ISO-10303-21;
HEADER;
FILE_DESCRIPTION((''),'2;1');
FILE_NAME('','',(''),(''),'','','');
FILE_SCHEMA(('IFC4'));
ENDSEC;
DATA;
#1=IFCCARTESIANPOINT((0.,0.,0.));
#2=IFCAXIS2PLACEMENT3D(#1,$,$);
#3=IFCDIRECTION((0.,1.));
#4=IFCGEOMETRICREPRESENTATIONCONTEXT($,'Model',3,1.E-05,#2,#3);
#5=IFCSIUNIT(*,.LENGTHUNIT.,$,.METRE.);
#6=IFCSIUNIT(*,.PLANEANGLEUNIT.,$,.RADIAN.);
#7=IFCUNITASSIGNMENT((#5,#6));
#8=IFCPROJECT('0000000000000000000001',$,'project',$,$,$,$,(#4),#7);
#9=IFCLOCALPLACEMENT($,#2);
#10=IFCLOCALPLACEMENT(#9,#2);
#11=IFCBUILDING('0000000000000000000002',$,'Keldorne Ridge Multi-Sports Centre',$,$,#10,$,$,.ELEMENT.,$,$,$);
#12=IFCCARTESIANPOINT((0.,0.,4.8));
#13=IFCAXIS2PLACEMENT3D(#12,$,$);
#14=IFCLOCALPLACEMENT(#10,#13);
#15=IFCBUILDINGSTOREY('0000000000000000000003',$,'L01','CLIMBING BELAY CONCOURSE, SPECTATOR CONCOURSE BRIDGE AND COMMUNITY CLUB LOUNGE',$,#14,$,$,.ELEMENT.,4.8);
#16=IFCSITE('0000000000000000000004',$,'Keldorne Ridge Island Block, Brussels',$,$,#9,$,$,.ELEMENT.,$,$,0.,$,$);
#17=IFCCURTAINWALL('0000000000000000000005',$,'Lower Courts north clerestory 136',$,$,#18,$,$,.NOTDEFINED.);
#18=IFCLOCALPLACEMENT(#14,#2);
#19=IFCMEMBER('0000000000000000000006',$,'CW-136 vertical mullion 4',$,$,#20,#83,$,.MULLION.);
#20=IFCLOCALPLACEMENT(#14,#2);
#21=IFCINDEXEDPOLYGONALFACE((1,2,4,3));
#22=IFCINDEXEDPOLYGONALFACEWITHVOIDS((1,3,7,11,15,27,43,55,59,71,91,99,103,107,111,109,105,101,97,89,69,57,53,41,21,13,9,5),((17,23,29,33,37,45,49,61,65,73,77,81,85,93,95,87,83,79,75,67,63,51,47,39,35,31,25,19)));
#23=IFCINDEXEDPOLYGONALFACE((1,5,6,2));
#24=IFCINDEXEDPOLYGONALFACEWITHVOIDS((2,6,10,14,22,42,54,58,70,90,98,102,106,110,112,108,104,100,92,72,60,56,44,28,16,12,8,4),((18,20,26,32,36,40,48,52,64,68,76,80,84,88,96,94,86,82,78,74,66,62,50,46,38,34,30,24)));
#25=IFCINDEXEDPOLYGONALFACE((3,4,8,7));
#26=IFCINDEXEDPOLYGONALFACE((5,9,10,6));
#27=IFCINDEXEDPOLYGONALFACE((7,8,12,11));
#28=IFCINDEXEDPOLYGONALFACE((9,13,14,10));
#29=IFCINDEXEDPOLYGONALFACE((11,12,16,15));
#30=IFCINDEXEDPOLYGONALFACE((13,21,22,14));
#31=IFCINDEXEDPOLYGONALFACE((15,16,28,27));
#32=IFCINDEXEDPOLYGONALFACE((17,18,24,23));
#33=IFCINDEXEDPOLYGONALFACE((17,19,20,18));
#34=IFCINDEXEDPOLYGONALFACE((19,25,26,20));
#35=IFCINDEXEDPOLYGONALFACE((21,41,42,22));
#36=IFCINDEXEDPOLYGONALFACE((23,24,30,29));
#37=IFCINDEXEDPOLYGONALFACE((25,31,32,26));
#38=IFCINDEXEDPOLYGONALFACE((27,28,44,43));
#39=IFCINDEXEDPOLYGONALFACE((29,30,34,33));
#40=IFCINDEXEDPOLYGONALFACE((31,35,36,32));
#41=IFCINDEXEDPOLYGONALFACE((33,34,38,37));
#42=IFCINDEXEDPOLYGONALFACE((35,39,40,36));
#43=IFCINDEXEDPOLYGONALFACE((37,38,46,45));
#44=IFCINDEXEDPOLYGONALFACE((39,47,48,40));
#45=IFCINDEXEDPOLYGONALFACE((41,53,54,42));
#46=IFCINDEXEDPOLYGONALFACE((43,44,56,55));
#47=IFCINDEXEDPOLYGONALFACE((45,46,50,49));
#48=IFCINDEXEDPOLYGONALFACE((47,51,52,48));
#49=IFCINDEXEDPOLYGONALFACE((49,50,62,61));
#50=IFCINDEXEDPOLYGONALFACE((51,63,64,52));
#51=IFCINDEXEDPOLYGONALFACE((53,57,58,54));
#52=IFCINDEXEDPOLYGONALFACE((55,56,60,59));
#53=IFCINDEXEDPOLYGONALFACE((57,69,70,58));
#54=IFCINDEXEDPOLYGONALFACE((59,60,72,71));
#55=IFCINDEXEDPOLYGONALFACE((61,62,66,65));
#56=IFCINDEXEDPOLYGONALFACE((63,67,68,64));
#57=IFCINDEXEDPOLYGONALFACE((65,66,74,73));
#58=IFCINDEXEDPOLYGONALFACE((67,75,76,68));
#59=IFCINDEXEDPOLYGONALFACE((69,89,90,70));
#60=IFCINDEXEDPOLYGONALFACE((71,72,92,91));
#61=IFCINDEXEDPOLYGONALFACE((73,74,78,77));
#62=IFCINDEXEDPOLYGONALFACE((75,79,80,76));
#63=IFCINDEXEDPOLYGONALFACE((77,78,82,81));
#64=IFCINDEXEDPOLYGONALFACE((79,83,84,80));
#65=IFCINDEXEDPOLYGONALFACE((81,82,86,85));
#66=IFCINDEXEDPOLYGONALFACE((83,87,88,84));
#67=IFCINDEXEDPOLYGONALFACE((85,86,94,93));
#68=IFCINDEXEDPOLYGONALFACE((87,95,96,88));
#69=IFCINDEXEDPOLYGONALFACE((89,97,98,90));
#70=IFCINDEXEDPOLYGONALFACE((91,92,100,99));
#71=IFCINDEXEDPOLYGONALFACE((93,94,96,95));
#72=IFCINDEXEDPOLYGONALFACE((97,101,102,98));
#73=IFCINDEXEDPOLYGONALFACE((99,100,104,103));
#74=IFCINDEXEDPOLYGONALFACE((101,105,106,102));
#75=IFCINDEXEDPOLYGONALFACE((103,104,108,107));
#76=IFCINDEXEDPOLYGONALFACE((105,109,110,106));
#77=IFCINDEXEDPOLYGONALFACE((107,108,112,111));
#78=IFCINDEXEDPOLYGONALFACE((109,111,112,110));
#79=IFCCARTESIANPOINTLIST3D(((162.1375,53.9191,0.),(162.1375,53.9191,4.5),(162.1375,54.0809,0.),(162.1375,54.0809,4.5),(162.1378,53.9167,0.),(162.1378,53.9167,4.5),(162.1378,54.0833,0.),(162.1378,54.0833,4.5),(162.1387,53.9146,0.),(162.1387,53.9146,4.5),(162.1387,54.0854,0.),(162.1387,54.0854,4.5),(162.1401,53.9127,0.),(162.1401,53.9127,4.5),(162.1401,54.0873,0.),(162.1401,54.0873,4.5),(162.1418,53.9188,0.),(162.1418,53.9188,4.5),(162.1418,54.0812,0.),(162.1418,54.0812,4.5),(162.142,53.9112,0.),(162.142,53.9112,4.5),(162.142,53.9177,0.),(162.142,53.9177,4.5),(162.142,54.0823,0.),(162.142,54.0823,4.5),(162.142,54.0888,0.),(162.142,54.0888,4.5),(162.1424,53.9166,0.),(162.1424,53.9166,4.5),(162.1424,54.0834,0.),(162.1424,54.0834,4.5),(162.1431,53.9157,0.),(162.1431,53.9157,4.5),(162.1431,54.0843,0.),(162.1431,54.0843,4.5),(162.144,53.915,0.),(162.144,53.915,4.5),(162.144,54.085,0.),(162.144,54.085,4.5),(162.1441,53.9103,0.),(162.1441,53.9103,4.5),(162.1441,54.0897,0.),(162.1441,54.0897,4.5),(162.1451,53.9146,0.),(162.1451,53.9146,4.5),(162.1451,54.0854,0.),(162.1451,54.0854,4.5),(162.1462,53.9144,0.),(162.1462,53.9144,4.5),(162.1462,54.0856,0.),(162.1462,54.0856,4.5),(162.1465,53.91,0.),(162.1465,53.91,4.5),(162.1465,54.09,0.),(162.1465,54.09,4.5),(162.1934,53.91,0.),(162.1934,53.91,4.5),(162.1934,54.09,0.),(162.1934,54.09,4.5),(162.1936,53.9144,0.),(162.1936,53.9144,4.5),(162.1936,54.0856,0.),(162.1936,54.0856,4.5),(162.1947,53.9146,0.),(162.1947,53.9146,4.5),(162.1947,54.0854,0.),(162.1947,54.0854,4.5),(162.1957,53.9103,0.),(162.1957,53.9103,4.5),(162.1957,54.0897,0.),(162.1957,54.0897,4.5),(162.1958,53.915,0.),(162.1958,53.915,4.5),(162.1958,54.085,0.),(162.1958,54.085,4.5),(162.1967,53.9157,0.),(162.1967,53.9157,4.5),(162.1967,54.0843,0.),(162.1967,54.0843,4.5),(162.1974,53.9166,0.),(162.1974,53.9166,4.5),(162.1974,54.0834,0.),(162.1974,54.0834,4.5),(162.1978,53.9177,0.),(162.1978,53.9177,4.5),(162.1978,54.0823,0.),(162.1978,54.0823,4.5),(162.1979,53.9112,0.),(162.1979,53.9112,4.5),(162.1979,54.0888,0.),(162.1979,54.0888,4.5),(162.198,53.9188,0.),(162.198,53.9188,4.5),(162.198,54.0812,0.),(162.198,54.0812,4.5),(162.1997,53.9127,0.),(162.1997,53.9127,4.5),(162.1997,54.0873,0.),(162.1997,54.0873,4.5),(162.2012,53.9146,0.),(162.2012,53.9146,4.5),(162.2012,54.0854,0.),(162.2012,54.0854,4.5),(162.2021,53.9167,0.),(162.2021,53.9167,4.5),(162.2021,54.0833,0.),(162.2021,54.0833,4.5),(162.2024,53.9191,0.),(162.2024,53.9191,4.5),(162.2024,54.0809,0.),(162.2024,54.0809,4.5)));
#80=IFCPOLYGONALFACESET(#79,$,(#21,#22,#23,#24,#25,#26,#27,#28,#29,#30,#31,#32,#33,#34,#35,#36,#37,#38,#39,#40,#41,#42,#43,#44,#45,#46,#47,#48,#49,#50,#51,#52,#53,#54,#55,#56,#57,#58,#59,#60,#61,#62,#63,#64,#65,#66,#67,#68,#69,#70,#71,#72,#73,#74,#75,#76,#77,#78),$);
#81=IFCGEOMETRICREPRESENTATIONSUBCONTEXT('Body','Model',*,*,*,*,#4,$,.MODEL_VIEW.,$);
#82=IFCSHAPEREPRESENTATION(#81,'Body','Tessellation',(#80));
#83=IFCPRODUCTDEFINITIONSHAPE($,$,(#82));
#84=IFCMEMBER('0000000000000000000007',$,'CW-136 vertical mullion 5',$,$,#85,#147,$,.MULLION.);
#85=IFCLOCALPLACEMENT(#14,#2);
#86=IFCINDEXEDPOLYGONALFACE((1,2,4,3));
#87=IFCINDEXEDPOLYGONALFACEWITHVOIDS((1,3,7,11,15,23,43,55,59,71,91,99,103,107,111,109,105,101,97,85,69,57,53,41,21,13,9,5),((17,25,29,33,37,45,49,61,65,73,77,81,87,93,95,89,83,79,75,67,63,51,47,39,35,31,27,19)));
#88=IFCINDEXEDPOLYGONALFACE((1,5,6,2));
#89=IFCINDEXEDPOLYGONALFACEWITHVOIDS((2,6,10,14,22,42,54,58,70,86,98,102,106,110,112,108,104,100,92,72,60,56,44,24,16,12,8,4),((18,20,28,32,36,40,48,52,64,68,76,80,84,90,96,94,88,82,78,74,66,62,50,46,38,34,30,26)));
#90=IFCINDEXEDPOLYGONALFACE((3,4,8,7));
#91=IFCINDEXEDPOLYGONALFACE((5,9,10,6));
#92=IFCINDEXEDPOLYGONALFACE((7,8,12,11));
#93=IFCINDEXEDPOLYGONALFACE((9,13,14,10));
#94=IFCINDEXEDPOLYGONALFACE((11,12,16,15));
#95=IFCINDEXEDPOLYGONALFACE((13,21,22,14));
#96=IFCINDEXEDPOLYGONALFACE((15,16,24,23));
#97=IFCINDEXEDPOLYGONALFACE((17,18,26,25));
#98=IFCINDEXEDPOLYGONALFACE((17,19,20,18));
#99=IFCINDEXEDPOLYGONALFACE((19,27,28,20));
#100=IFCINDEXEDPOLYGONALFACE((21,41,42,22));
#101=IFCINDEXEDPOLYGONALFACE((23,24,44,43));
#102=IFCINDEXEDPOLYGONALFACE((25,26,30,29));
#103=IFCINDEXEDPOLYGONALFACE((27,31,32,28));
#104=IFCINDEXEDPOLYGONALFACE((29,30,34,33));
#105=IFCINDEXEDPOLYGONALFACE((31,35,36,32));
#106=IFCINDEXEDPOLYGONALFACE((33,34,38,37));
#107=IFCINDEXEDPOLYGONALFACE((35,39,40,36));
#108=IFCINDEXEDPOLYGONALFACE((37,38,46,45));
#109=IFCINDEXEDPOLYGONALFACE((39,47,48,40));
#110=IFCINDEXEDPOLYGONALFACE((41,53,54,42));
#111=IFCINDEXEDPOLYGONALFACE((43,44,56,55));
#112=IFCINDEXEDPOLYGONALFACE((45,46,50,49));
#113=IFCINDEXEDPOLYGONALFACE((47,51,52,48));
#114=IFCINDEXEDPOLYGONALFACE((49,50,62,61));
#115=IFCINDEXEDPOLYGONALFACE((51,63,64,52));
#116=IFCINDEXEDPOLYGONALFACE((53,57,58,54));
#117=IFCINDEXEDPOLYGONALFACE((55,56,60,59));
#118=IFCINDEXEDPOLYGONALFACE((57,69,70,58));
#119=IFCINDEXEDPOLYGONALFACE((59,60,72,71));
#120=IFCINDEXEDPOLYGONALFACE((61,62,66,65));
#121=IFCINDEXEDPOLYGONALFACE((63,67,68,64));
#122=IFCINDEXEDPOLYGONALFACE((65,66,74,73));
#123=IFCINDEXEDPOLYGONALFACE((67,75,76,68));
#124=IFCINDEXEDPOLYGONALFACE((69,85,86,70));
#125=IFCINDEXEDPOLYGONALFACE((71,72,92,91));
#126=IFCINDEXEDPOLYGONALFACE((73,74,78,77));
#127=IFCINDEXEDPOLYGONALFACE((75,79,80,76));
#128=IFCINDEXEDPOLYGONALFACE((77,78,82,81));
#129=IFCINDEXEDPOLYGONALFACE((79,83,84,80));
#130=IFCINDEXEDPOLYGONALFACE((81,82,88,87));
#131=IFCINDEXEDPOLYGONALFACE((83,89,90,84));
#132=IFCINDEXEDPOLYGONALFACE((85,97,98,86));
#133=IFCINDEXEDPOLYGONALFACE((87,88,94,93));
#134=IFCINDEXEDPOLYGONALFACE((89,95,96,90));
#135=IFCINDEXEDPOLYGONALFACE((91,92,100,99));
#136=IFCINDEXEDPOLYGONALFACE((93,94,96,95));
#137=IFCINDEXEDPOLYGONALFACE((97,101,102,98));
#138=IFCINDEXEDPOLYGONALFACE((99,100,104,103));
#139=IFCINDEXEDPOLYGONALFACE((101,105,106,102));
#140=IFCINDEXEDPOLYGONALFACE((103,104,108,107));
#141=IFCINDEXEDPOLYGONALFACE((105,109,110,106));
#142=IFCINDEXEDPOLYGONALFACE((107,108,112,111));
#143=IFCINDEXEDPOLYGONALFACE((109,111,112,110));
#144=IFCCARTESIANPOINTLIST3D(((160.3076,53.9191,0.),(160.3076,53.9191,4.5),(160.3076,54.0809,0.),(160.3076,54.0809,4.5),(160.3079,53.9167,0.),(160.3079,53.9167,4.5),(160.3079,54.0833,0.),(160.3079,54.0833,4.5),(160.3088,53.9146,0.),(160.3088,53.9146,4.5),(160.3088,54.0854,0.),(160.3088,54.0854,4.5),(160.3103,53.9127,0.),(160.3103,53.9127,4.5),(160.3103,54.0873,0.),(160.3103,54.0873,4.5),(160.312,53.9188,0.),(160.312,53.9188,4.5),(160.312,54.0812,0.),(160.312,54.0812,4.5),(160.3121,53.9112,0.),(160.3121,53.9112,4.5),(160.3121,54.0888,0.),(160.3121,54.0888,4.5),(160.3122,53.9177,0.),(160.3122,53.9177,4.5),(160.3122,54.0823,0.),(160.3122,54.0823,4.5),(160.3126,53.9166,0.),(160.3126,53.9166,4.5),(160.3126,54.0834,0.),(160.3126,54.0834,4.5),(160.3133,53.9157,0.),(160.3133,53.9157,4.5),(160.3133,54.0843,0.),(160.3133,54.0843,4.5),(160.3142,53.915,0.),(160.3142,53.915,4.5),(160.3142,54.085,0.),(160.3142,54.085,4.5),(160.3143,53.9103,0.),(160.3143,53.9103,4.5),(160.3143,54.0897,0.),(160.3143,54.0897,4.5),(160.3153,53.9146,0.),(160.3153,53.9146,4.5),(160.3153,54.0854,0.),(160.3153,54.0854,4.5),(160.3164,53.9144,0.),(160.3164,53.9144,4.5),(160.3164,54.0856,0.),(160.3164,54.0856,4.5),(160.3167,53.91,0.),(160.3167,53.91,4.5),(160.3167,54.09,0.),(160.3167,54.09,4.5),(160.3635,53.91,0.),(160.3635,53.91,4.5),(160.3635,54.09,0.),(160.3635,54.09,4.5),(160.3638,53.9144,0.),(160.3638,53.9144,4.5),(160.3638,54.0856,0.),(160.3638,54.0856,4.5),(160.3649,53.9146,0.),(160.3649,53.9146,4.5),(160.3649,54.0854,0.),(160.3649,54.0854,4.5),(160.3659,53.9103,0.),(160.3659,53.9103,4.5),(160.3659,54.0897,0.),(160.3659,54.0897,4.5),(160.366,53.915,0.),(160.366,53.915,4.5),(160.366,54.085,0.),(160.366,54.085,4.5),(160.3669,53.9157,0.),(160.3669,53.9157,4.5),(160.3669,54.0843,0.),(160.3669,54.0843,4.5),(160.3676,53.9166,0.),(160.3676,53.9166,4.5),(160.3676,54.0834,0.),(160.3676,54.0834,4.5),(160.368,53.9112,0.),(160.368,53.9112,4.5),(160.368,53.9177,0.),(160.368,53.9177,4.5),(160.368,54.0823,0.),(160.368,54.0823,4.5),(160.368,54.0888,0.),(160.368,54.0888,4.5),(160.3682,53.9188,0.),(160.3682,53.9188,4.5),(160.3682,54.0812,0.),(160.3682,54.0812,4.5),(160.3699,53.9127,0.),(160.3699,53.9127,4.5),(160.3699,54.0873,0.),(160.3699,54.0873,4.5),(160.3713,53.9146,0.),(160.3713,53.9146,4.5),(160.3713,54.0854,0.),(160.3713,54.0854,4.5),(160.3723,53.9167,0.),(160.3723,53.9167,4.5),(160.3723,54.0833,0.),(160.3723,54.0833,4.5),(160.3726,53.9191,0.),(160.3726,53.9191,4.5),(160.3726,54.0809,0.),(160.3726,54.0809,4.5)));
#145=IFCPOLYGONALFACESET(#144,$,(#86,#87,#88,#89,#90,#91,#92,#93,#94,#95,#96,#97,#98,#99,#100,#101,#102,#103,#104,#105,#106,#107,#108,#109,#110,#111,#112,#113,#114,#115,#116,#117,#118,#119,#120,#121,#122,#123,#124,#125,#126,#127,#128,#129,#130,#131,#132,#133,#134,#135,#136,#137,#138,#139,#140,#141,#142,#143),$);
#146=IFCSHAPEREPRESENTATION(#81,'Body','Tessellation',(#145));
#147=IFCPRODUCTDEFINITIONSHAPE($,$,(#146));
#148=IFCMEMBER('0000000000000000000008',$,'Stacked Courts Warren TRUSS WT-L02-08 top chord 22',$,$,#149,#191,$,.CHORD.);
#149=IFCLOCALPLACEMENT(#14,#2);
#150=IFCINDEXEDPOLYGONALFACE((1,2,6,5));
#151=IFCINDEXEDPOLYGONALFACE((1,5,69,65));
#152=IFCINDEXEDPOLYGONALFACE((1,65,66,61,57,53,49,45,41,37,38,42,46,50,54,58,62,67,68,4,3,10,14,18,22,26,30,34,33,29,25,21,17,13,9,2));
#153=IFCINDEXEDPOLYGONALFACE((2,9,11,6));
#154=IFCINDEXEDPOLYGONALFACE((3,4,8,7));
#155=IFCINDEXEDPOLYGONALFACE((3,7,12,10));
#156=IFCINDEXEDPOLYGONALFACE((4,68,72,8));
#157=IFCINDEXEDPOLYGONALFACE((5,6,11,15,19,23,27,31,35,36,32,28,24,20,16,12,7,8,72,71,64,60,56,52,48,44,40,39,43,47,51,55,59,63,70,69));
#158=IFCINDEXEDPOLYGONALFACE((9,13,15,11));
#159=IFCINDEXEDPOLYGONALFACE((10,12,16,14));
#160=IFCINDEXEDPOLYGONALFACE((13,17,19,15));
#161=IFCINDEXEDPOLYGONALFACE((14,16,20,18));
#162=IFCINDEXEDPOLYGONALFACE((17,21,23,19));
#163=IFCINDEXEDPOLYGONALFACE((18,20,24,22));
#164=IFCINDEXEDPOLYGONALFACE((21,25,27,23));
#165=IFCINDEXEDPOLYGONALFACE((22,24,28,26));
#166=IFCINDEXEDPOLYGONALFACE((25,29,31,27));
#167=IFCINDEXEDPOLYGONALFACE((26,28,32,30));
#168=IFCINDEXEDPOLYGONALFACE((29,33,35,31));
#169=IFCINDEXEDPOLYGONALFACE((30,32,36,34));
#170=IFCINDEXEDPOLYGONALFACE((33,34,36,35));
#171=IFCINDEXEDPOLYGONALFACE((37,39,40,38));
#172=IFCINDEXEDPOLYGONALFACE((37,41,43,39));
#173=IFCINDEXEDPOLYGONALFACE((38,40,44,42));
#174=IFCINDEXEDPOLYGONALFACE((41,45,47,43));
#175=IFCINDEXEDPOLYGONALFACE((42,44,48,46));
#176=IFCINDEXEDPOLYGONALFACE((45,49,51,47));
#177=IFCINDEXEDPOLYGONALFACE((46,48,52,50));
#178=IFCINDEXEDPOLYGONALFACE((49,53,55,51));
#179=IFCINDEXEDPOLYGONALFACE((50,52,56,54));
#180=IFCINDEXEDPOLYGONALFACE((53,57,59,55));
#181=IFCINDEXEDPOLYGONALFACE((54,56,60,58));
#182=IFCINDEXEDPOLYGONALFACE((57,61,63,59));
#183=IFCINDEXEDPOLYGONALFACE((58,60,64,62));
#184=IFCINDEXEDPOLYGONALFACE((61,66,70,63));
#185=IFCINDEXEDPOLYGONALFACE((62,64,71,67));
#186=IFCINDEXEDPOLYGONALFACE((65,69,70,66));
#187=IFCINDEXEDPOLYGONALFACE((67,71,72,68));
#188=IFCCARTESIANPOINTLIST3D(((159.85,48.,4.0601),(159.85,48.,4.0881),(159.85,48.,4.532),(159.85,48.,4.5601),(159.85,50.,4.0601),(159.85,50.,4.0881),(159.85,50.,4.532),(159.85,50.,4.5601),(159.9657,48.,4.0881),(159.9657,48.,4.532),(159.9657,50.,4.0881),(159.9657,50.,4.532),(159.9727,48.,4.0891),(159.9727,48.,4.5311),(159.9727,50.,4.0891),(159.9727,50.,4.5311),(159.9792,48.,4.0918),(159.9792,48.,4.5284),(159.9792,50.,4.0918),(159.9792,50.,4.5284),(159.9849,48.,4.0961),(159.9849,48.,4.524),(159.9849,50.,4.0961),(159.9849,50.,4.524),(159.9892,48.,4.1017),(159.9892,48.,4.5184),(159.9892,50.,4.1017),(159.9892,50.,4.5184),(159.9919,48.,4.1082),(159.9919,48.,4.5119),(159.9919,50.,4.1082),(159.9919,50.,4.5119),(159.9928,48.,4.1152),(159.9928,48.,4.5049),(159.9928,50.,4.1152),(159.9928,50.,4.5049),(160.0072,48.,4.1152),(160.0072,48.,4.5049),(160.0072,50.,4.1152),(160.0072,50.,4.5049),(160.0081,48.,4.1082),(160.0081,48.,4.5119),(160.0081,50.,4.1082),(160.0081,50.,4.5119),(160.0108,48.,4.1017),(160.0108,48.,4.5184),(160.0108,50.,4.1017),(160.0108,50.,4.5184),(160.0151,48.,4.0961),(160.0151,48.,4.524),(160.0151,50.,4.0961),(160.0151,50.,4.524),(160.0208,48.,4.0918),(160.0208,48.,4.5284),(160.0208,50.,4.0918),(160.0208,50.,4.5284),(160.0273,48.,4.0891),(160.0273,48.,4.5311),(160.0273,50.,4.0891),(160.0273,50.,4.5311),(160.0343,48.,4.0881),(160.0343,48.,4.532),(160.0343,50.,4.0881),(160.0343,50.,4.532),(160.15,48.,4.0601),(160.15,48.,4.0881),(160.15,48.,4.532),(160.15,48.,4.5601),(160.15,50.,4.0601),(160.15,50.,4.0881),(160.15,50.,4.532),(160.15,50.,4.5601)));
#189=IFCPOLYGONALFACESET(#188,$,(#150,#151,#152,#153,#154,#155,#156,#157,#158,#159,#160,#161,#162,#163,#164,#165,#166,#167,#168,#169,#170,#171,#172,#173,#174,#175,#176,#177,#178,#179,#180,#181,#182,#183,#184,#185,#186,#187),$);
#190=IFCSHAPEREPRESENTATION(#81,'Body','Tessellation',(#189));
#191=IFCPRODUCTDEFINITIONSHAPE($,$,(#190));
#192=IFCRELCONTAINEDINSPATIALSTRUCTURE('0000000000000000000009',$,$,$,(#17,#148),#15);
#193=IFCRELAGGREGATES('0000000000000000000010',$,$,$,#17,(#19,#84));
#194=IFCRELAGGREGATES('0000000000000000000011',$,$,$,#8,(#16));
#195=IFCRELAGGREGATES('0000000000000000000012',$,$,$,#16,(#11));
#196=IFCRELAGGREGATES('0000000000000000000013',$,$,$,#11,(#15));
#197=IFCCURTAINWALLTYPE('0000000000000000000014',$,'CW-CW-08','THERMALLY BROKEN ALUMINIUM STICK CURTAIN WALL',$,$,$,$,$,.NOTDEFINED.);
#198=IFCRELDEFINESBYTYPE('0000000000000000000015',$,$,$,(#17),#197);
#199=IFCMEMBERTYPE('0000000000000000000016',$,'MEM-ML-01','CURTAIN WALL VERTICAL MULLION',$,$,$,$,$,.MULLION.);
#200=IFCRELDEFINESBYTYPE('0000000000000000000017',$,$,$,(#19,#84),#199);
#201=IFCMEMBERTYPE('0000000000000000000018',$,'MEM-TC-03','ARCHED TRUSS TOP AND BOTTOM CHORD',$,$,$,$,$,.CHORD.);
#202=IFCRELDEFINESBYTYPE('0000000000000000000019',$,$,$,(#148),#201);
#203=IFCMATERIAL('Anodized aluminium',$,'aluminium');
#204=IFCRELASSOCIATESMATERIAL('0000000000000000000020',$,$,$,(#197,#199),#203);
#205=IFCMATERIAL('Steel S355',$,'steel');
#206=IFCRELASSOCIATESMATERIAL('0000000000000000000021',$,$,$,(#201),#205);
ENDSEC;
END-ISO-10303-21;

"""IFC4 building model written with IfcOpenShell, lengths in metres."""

from ifc_helpers import new_model, si_unit, direction, frame, origin, origin_2d, place, context, subcontext, project, spatial, hollow_rectangle, i_section, extrude, material, material_profile, profile_set, type_object, element, aggregate, save


model = new_model("IFC4")

# Units and contexts
model_context = context("Model", 3, precision=1e-05, world=origin(), true_north=direction((0.0, 1.0)))
body_context = subcontext(model_context, "Body", "Model", "MODEL_VIEW")
ifc_project = project(units=[si_unit("LENGTHUNIT", "METRE"), si_unit("PLANEANGLEUNIT", "RADIAN")], contexts=[model_context])

# Site, building, storey
site_placement = place(None, origin())
site = spatial("IfcSite", under=ifc_project, at=site_placement, Name="Keldorne Ridge Island Block, Brussels", CompositionType="ELEMENT", RefElevation=0.0)
building_placement = place(site_placement, origin())
building = spatial("IfcBuilding", under=site, at=building_placement, Name="Keldorne Ridge Multi-Sports Centre", CompositionType="ELEMENT")
storey_placement = place(building_placement, frame((0.0, 0.0, 4.8)))
storey = spatial("IfcBuildingStorey", under=building, at=storey_placement, Name="L01", Description="CLIMBING BELAY CONCOURSE, SPECTATOR CONCOURSE BRIDGE AND COMMUNITY CLUB LOUNGE", CompositionType="ELEMENT", Elevation=4.8)

# Shared definitions
ifc_material_1 = material(Name="Steel S355", Category="steel")

# Curtain wall, members
ifc_material_2 = material(Name="Anodized aluminium", Category="aluminium")
curtain_wall_type_1 = type_object("IfcCurtainWallType", Name="CW-CW-08", Description="THERMALLY BROKEN ALUMINIUM STICK CURTAIN WALL", PredefinedType="NOTDEFINED", material=ifc_material_2)
curtain_wall_1_placement = place(storey_placement, origin())
curtain_wall_1 = element("IfcCurtainWall", 1, at=curtain_wall_1_placement, inside=storey, type_object=curtain_wall_type_1, Name="Lower Courts north clerestory 136", PredefinedType="NOTDEFINED")
ifc_material_profile_1 = material_profile(ifc_material_2, hollow_rectangle(XDim=0.0649, YDim=0.1799, WallThickness=0.0044, InnerFilletRadius=0.0044, OuterFilletRadius=0.009, at=origin_2d()), Name="ALU MULLION 180x65x4.5")
ifc_profile_set_1 = profile_set([ifc_material_profile_1], Name="Anodized aluminium")
member_type_1 = type_object("IfcMemberType", Name="MEM-ML-01", Description="CURTAIN WALL VERTICAL MULLION", PredefinedType="MULLION", material=ifc_profile_set_1)
member_1_placement = place(storey_placement, frame((162.1699, 54.0, 0.0), z_axis=(0.0, 0.0, 1.0), x_axis=(1.0, 0.0, 0.0)))
member_1 = element("IfcMember", 2, at=member_1_placement, type_object=member_type_1, Name="CW-136 vertical mullion 4", PredefinedType="MULLION", context=body_context, shape_type="SweptSolid", body=[
    extrude(hollow_rectangle(XDim=0.0649, YDim=0.1799, WallThickness=0.0044, InnerFilletRadius=0.0044, OuterFilletRadius=0.009, at=origin_2d()), origin(), (0.0, 0.0, 1.0), 4.5),
])
member_2_placement = place(storey_placement, frame((160.3401, 54.0, 0.0), z_axis=(0.0, 0.0, 1.0), x_axis=(1.0, 0.0, 0.0)))
member_2 = element("IfcMember", 3, at=member_2_placement, type_object=member_type_1, Name="CW-136 vertical mullion 5", PredefinedType="MULLION", context=body_context, shape_type="SweptSolid", body=[
    extrude(hollow_rectangle(XDim=0.0649, YDim=0.1799, WallThickness=0.0044, InnerFilletRadius=0.0044, OuterFilletRadius=0.009, at=origin_2d()), origin(), (0.0, 0.0, 1.0), 4.5),
])

# Member
ifc_material_profile_2 = material_profile(ifc_material_1, i_section(OverallWidth=0.3, OverallDepth=0.5, WebThickness=0.0144, FlangeThickness=0.0281, FilletRadius=0.0271, at=origin_2d()), Name="HEB 500")
ifc_profile_set_2 = profile_set([ifc_material_profile_2], Name="Steel S355")
member_type_2 = type_object("IfcMemberType", Name="MEM-TC-03", Description="ARCHED TRUSS TOP AND BOTTOM CHORD", PredefinedType="CHORD", material=ifc_profile_set_2)
for number, where, z_axis, x_axis, name in (
    (4, (160.0, 48.0, 4.3101), (0.0, 1.0, 0.0), (-1.0, 0.0, 0.0), "Stacked Courts Warren TRUSS WT-L02-08 top chord 22"),
):
    element("IfcMember", number, at=place(storey_placement, frame(where, z_axis=z_axis, x_axis=x_axis)), inside=storey, type_object=member_type_2, Name=name, PredefinedType="CHORD", context=body_context, shape_type="SweptSolid", body=[
        extrude(i_section(OverallWidth=0.3, OverallDepth=0.5, WebThickness=0.0144, FlangeThickness=0.0281, FilletRadius=0.0271, at=origin_2d()), origin(), (0.0, 0.0, 1.0), 2.0),
    ])

aggregate(curtain_wall_1, [member_1, member_2])

save(model, "model.ifc")
